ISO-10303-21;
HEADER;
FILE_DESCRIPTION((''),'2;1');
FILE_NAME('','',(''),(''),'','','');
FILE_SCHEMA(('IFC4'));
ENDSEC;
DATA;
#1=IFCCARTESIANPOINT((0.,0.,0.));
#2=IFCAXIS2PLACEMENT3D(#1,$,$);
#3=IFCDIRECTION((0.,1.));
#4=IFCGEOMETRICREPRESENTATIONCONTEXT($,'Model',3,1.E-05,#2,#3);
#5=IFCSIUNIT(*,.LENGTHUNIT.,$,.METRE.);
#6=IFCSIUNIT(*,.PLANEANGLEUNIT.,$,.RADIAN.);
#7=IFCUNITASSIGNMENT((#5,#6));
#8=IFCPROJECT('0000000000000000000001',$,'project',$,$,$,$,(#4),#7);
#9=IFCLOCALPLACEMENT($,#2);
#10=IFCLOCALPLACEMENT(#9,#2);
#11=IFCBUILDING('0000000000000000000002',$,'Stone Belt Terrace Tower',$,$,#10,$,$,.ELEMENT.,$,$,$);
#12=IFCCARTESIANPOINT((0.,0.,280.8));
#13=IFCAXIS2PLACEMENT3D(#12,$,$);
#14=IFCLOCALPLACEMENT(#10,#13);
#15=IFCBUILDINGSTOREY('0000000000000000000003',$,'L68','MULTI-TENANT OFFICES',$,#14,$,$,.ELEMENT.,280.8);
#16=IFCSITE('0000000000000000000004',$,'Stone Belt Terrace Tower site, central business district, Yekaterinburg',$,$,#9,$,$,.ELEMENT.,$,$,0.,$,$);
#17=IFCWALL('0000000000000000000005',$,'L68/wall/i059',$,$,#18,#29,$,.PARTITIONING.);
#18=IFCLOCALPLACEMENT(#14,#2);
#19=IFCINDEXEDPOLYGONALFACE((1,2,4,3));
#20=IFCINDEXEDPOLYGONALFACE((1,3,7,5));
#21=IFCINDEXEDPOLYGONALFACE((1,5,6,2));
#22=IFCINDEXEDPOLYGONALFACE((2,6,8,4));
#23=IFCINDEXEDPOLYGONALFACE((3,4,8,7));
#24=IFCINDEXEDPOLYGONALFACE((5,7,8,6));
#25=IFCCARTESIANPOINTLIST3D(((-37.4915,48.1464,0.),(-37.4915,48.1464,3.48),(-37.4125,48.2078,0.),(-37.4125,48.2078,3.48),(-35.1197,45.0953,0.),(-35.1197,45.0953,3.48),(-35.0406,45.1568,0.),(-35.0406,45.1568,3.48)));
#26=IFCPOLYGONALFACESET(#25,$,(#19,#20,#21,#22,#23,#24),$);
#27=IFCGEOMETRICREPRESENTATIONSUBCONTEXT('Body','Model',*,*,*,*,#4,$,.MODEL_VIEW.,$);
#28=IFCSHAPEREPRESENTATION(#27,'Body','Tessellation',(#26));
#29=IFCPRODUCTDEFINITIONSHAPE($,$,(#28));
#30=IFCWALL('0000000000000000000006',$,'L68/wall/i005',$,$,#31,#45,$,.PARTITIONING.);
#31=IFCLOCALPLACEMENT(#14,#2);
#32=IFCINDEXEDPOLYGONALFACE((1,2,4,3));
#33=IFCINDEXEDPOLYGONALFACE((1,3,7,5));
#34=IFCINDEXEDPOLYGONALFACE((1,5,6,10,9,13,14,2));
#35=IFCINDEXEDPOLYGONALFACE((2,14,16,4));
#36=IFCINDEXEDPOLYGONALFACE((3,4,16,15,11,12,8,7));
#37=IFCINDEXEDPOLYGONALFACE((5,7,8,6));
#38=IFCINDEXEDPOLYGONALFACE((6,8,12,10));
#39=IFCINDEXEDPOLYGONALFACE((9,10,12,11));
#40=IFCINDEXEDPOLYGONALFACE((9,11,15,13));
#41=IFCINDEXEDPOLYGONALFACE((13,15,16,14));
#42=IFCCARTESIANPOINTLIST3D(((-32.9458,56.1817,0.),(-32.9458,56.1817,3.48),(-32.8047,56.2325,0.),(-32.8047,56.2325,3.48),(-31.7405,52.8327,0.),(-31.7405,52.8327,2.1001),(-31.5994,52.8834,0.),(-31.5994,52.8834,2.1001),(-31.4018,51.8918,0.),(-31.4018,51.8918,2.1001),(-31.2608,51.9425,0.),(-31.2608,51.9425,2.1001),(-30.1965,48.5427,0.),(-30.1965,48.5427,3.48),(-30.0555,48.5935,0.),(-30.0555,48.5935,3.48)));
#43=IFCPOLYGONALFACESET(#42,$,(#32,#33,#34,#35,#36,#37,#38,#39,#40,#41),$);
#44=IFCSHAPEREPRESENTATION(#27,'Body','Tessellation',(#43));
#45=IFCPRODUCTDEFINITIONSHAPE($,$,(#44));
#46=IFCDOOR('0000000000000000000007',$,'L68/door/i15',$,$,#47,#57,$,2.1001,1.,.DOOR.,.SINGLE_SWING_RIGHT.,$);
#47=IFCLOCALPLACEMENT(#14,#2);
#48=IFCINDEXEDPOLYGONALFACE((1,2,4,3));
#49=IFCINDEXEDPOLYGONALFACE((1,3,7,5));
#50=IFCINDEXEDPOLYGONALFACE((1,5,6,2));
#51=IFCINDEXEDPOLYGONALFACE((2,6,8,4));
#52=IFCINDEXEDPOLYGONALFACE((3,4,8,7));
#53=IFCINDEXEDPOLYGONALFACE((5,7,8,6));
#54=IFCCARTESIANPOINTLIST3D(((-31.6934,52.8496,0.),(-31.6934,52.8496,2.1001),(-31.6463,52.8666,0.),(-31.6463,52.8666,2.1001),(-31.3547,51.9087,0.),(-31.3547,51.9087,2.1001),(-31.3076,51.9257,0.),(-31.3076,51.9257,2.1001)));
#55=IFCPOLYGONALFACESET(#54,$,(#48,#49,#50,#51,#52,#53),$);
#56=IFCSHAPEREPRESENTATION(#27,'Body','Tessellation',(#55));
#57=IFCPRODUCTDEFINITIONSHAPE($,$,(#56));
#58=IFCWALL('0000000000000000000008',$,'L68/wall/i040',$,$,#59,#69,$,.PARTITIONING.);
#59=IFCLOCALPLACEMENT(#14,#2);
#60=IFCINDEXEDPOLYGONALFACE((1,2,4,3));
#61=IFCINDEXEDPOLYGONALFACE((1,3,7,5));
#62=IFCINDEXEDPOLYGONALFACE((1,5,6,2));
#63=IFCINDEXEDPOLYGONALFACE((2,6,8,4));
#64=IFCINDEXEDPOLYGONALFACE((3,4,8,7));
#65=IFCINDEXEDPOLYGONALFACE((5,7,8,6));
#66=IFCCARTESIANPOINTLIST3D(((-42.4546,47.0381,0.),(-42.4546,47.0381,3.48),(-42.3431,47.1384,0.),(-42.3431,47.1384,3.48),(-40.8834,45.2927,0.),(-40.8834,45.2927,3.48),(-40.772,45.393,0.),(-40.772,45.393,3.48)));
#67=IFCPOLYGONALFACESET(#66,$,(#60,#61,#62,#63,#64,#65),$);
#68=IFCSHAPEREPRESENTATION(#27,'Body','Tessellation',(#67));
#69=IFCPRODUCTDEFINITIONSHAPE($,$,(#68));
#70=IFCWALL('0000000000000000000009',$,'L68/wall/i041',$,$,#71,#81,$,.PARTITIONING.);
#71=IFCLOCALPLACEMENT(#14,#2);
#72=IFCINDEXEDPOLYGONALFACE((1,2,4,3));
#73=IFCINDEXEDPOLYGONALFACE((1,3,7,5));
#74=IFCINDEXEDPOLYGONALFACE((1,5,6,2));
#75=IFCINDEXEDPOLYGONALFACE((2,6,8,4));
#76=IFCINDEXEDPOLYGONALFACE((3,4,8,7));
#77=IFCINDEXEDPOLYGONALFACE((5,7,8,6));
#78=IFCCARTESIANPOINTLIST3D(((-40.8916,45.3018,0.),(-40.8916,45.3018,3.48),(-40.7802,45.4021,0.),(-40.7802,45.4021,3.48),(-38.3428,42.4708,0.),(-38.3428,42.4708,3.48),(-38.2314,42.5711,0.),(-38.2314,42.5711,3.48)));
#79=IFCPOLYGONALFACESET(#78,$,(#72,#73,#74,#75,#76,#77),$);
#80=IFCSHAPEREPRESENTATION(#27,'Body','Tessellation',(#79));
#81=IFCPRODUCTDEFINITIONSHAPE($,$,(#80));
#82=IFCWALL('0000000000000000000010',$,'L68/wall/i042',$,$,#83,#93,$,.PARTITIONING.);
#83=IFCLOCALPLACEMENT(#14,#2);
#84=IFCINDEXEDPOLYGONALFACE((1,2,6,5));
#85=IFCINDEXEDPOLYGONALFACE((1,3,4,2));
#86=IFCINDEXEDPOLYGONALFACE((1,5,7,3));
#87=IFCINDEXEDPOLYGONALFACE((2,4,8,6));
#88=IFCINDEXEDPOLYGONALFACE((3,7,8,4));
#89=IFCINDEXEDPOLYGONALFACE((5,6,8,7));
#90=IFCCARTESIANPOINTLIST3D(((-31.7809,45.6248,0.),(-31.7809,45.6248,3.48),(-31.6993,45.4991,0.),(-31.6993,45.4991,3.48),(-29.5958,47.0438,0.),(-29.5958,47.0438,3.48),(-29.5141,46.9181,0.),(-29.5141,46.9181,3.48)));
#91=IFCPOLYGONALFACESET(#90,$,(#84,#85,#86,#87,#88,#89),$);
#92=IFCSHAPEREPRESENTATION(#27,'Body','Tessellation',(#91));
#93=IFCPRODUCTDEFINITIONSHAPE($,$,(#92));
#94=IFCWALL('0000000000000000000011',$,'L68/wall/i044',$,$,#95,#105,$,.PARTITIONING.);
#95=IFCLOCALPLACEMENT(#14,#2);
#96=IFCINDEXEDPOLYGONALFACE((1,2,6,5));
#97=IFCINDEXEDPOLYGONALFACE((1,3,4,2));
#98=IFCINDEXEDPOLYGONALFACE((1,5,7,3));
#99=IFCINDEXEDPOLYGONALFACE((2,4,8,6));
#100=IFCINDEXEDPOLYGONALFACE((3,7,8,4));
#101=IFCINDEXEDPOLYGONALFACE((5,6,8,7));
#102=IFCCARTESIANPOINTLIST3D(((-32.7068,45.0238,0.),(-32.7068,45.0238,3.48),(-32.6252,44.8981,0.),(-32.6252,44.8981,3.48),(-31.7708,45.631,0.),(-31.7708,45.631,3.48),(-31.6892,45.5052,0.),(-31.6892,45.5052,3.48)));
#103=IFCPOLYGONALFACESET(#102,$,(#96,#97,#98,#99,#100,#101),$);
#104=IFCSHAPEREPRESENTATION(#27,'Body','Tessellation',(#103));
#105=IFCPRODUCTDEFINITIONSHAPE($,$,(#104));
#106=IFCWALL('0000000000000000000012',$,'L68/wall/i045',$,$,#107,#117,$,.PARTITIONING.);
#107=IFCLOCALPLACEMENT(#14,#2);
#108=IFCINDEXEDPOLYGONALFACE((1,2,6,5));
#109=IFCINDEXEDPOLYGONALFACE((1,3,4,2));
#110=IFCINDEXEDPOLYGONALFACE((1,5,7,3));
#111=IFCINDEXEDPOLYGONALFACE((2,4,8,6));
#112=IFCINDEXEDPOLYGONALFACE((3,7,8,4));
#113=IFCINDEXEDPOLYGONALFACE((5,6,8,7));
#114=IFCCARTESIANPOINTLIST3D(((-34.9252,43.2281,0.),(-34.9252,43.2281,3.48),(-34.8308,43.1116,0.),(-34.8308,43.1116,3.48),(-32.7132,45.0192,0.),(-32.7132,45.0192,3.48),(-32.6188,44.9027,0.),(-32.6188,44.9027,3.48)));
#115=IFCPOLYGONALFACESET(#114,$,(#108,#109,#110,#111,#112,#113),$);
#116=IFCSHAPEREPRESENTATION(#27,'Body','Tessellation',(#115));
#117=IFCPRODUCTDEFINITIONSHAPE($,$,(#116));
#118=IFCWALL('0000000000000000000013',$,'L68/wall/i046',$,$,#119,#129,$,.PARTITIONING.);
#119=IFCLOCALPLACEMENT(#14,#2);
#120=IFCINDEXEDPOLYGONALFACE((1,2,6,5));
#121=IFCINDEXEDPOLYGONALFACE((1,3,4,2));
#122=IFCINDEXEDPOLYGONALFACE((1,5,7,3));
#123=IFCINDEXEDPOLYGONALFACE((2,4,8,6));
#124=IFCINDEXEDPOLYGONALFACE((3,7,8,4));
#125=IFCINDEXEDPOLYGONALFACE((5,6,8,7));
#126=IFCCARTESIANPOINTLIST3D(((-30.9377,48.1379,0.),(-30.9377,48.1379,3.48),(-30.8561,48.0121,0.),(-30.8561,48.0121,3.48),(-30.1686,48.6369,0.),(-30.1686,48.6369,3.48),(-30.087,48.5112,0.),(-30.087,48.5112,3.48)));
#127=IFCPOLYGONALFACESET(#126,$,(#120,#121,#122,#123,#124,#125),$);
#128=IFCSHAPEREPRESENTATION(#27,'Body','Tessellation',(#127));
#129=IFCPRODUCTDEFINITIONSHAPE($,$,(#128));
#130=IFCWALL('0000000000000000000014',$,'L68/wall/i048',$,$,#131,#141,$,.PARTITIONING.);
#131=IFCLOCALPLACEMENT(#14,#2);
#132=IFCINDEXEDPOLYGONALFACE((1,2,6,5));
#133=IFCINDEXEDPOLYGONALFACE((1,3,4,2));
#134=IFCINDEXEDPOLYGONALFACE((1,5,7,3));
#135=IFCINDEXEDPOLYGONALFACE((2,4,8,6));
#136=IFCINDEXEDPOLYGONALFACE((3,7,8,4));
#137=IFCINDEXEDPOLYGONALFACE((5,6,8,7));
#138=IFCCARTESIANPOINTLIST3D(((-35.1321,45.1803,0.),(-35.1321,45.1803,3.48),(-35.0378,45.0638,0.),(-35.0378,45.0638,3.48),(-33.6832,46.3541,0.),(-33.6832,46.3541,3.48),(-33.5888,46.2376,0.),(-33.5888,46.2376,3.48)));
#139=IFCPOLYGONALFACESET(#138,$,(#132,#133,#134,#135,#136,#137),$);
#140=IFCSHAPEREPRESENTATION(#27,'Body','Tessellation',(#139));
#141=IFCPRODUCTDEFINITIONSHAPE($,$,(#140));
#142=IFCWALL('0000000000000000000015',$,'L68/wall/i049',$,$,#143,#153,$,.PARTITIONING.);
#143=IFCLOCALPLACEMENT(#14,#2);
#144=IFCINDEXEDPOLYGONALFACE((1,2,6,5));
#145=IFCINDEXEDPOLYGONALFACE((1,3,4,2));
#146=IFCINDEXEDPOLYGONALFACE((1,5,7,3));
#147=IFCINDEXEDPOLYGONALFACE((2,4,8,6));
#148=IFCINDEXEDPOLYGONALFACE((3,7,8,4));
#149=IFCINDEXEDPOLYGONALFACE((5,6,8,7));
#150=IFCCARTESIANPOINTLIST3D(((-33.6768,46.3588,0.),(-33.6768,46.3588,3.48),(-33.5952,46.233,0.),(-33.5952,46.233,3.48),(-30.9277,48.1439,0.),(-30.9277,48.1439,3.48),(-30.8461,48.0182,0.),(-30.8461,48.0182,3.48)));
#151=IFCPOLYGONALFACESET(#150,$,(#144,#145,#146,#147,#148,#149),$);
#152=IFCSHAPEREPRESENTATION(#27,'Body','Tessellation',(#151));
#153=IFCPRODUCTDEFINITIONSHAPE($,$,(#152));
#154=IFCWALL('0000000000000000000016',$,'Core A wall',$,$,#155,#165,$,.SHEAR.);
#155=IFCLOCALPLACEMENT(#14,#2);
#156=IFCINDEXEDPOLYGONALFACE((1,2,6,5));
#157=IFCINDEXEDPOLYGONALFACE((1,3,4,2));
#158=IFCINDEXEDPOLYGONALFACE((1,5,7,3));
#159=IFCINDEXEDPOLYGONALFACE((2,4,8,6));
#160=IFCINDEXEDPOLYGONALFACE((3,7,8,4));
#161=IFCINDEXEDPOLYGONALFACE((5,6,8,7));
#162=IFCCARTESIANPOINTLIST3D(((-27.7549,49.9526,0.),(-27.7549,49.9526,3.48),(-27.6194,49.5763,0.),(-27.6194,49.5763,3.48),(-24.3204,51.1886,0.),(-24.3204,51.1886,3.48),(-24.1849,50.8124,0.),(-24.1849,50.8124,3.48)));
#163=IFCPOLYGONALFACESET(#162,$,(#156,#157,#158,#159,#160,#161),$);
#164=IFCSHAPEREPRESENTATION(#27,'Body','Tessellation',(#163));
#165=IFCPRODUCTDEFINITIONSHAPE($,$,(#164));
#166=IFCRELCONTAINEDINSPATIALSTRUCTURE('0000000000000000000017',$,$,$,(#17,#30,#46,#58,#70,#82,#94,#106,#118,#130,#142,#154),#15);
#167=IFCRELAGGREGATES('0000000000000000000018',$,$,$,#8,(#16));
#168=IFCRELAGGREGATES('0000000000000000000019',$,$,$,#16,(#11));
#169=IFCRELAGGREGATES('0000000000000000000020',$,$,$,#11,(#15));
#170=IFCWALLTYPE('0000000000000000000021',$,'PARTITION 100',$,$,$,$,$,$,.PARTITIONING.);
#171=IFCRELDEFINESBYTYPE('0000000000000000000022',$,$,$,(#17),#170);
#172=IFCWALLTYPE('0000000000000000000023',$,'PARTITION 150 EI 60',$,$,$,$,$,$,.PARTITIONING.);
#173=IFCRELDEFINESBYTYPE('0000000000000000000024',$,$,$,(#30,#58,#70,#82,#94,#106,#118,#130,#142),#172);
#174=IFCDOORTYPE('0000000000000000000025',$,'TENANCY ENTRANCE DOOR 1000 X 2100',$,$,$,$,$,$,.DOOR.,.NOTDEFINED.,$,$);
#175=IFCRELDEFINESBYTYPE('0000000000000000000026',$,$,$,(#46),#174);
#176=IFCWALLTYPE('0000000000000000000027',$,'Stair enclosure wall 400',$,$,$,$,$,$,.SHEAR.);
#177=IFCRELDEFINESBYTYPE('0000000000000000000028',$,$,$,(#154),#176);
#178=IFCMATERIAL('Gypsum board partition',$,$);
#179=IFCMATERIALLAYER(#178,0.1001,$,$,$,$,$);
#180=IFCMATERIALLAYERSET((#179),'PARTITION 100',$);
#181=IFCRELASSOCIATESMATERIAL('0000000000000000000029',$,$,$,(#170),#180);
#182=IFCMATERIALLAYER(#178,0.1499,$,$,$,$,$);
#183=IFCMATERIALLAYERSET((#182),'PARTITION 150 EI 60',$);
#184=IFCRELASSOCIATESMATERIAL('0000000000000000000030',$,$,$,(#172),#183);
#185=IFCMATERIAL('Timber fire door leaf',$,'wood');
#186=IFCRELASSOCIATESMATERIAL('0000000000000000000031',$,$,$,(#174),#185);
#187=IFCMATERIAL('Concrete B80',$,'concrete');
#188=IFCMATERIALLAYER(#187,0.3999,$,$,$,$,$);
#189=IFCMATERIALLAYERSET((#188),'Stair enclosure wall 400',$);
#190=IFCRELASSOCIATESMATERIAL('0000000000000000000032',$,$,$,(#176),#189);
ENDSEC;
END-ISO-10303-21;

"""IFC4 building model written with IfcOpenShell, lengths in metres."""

from ifc_helpers import new_model, si_unit, direction, frame, frame_2d, origin, place, context, subcontext, project, spatial, rectangle, extrude, material, layer, layer_set, type_object, element, fill, save


model = new_model("IFC4")

# Units and contexts
model_context = context("Model", 3, precision=1e-05, world=origin(), true_north=direction((0.0, 1.0)))
body_context = subcontext(model_context, "Body", "Model", "MODEL_VIEW")
ifc_project = project(units=[si_unit("LENGTHUNIT", "METRE"), si_unit("PLANEANGLEUNIT", "RADIAN")], contexts=[model_context])

# Site, building, storey
site_placement = place(None, origin())
site = spatial("IfcSite", under=ifc_project, at=site_placement, Name="Stone Belt Terrace Tower site, central business district, Yekaterinburg", CompositionType="ELEMENT", RefElevation=0.0)
building_placement = place(site_placement, origin())
building = spatial("IfcBuilding", under=site, at=building_placement, Name="Stone Belt Terrace Tower", CompositionType="ELEMENT")
storey_placement = place(building_placement, frame((0.0, 0.0, 280.8)))
storey = spatial("IfcBuildingStorey", under=building, at=storey_placement, Name="L68", Description="MULTI-TENANT OFFICES", CompositionType="ELEMENT", Elevation=280.8)

# Shared definitions
ifc_material_1 = material(Name="Gypsum board partition")
ifc_layer_1 = layer(ifc_material_1, 0.1001)
ifc_layer_set_1 = layer_set([ifc_layer_1], Name="PARTITION 100")
wall_type_1 = type_object("IfcWallType", Name="PARTITION 100", PredefinedType="PARTITIONING", material=ifc_layer_set_1)

# Wall
wall_1_placement = place(storey_placement, frame((-37.4519, 48.177, 0.0), z_axis=(0.0, 0.0, 1.0), x_axis=(0.613748, -0.789502, 0.0)))
element("IfcWall", 1, at=wall_1_placement, inside=storey, type_object=wall_type_1, Name="L68/wall/i059", PredefinedType="PARTITIONING", context=body_context, shape_type="SweptSolid", body=[
    extrude(rectangle(XDim=3.8645, YDim=0.1001, at=frame_2d((1.9321, 0.0))), origin(), (0.0, 0.0, 1.0), 3.48),
])

# Wall, opening, door
ifc_layer_2 = layer(ifc_material_1, 0.1499)
ifc_layer_set_2 = layer_set([ifc_layer_2], Name="PARTITION 150 EI 60")
wall_type_2 = type_object("IfcWallType", Name="PARTITION 150 EI 60", PredefinedType="PARTITIONING", material=ifc_layer_set_2)
wall_2_placement = place(storey_placement, frame((-30.126, 48.5681, 0.0), z_axis=(0.0, 0.0, 1.0), x_axis=(-0.338639, 0.940917, 0.0)))
wall_2 = element("IfcWall", 2, at=wall_2_placement, inside=storey, type_object=wall_type_2, Name="L68/wall/i005", PredefinedType="PARTITIONING", context=body_context, shape_type="SweptSolid", body=[
    extrude(rectangle(XDim=8.1187, YDim=0.1499, at=frame_2d((4.0593, 0.0))), origin(), (0.0, 0.0, 1.0), 3.48),
])
opening_1_placement = place(wall_2_placement, frame((3.5593, 0.0, 0.0)))
opening_1 = element("IfcOpeningElement", 3, at=opening_1_placement, cuts=wall_2, PredefinedType="OPENING", context=body_context, shape_type="SweptSolid", body=[
    extrude(rectangle(XDim=1.0, YDim=2.1001, at=frame_2d((0.5, 1.05))), frame((0.0, 0.085, 0.0), z_axis=(0.0, -1.0, 0.0), x_axis=(1.0, 0.0, 0.0)), (0.0, 0.0, 1.0), 0.1699),
])
ifc_material_2 = material(Name="Timber fire door leaf", Category="wood")
door_type_1 = type_object("IfcDoorType", Name="TENANCY ENTRANCE DOOR 1000 X 2100", OperationType="NOTDEFINED", PredefinedType="DOOR", material=ifc_material_2)
door_1_placement = place(opening_1_placement, origin())
door_1 = element("IfcDoor", 4, at=door_1_placement, inside=storey, type_object=door_type_1, Name="L68/door/i15", OperationType="SINGLE_SWING_RIGHT", OverallHeight=2.1001, OverallWidth=1.0, PredefinedType="DOOR", context=body_context, shape_type="SweptSolid", body=[
    extrude(rectangle(XDim=1.0, YDim=2.1001, at=frame_2d((0.5, 1.05))), frame((0.0, 0.0249, 0.0), z_axis=(0.0, -1.0, 0.0), x_axis=(1.0, 0.0, 0.0)), (0.0, 0.0, 1.0), 0.05),
])
fill(opening_1, door_1)

# Walls
wall_3_placement = place(storey_placement, frame((-42.3989, 47.0884, 0.0), z_axis=(0.0, 0.0, 1.0), x_axis=(0.669016, -0.743248, 0.0)))
element("IfcWall", 5, at=wall_3_placement, inside=storey, type_object=wall_type_2, Name="L68/wall/i040", PredefinedType="PARTITIONING", context=body_context, shape_type="SweptSolid", body=[
    extrude(rectangle(XDim=2.3484, YDim=0.1499, at=frame_2d((1.1743, 0.0))), origin(), (0.0, 0.0, 1.0), 3.48),
])
wall_4_placement = place(storey_placement, frame((-40.8359, 45.3521, 0.0), z_axis=(0.0, 0.0, 1.0), x_axis=(0.669092, -0.743179, 0.0)))
element("IfcWall", 6, at=wall_4_placement, inside=storey, type_object=wall_type_2, Name="L68/wall/i041", PredefinedType="PARTITIONING", context=body_context, shape_type="SweptSolid", body=[
    extrude(rectangle(XDim=3.8093, YDim=0.1499, at=frame_2d((1.9048, 0.0))), origin(), (0.0, 0.0, 1.0), 3.48),
])
wall_5_placement = place(storey_placement, frame((-29.5549, 46.981, 0.0), z_axis=(0.0, 0.0, 1.0), x_axis=(-0.838679, -0.544626, 0.0)))
element("IfcWall", 7, at=wall_5_placement, inside=storey, type_object=wall_type_2, Name="L68/wall/i042", PredefinedType="PARTITIONING", context=body_context, shape_type="SweptSolid", body=[
    extrude(rectangle(XDim=2.6055, YDim=0.1499, at=frame_2d((1.3027, 0.0))), origin(), (0.0, 0.0, 1.0), 3.48),
])
wall_6_placement = place(storey_placement, frame((-31.73, 45.5681, 0.0), z_axis=(0.0, 0.0, 1.0), x_axis=(-0.838953, -0.544204, 0.0)))
element("IfcWall", 8, at=wall_6_placement, inside=storey, type_object=wall_type_2, Name="L68/wall/i044", PredefinedType="PARTITIONING", context=body_context, shape_type="SweptSolid", body=[
    extrude(rectangle(XDim=1.1157, YDim=0.1499, at=frame_2d((0.5579, 0.0))), origin(), (0.0, 0.0, 1.0), 3.48),
])
wall_7_placement = place(storey_placement, frame((-32.666, 44.9609, 0.0), z_axis=(0.0, 0.0, 1.0), x_axis=(-0.777173, -0.629287, 0.0)))
element("IfcWall", 9, at=wall_7_placement, inside=storey, type_object=wall_type_2, Name="L68/wall/i045", PredefinedType="PARTITIONING", context=body_context, shape_type="SweptSolid", body=[
    extrude(rectangle(XDim=2.8462, YDim=0.1499, at=frame_2d((1.4231, 0.0))), origin(), (0.0, 0.0, 1.0), 3.48),
])
wall_8_placement = place(storey_placement, frame((-30.897, 48.075, 0.0), z_axis=(0.0, 0.0, 1.0), x_axis=(0.838869, 0.544333, 0.0)))
element("IfcWall", 10, at=wall_8_placement, inside=storey, type_object=wall_type_2, Name="L68/wall/i046", PredefinedType="PARTITIONING", context=body_context, shape_type="SweptSolid", body=[
    extrude(rectangle(XDim=0.9167, YDim=0.1499, at=frame_2d((0.4585, 0.0))), origin(), (0.0, 0.0, 1.0), 3.48),
])
wall_9_placement = place(storey_placement, frame((-35.085, 45.1221, 0.0), z_axis=(0.0, 0.0, 1.0), x_axis=(0.777022, 0.629473, 0.0)))
element("IfcWall", 11, at=wall_9_placement, inside=storey, type_object=wall_type_2, Name="L68/wall/i048", PredefinedType="PARTITIONING", context=body_context, shape_type="SweptSolid", body=[
    extrude(rectangle(XDim=1.8647, YDim=0.1499, at=frame_2d((0.9324, 0.0))), origin(), (0.0, 0.0, 1.0), 3.48),
])
wall_10_placement = place(storey_placement, frame((-33.636, 46.2959, 0.0), z_axis=(0.0, 0.0, 1.0), x_axis=(0.838682, 0.544622, 0.0)))
element("IfcWall", 12, at=wall_10_placement, inside=storey, type_object=wall_type_2, Name="L68/wall/i049", PredefinedType="PARTITIONING", context=body_context, shape_type="SweptSolid", body=[
    extrude(rectangle(XDim=3.2778, YDim=0.1499, at=frame_2d((1.6389, 0.0))), origin(), (0.0, 0.0, 1.0), 3.48),
])
ifc_material_3 = material(Name="Concrete B80", Category="concrete")
ifc_layer_3 = layer(ifc_material_3, 0.3999)
ifc_layer_set_3 = layer_set([ifc_layer_3], Name="Stair enclosure wall 400")
wall_type_3 = type_object("IfcWallType", Name="Stair enclosure wall 400", PredefinedType="SHEAR", material=ifc_layer_set_3)
wall_11_placement = place(storey_placement, frame((-27.6873, 49.7644, 0.0), z_axis=(0.0, 0.0, 1.0), x_axis=(0.940919, 0.338632, 0.0)))
element("IfcWall", 13, at=wall_11_placement, inside=storey, type_object=wall_type_3, Name="Core A wall", PredefinedType="SHEAR", context=body_context, shape_type="SweptSolid", body=[
    extrude(rectangle(XDim=3.6501, YDim=0.3999, at=frame_2d((1.8252, 0.0))), origin(), (0.0, 0.0, 1.0), 3.48),
])

save(model, "model.ifc")
